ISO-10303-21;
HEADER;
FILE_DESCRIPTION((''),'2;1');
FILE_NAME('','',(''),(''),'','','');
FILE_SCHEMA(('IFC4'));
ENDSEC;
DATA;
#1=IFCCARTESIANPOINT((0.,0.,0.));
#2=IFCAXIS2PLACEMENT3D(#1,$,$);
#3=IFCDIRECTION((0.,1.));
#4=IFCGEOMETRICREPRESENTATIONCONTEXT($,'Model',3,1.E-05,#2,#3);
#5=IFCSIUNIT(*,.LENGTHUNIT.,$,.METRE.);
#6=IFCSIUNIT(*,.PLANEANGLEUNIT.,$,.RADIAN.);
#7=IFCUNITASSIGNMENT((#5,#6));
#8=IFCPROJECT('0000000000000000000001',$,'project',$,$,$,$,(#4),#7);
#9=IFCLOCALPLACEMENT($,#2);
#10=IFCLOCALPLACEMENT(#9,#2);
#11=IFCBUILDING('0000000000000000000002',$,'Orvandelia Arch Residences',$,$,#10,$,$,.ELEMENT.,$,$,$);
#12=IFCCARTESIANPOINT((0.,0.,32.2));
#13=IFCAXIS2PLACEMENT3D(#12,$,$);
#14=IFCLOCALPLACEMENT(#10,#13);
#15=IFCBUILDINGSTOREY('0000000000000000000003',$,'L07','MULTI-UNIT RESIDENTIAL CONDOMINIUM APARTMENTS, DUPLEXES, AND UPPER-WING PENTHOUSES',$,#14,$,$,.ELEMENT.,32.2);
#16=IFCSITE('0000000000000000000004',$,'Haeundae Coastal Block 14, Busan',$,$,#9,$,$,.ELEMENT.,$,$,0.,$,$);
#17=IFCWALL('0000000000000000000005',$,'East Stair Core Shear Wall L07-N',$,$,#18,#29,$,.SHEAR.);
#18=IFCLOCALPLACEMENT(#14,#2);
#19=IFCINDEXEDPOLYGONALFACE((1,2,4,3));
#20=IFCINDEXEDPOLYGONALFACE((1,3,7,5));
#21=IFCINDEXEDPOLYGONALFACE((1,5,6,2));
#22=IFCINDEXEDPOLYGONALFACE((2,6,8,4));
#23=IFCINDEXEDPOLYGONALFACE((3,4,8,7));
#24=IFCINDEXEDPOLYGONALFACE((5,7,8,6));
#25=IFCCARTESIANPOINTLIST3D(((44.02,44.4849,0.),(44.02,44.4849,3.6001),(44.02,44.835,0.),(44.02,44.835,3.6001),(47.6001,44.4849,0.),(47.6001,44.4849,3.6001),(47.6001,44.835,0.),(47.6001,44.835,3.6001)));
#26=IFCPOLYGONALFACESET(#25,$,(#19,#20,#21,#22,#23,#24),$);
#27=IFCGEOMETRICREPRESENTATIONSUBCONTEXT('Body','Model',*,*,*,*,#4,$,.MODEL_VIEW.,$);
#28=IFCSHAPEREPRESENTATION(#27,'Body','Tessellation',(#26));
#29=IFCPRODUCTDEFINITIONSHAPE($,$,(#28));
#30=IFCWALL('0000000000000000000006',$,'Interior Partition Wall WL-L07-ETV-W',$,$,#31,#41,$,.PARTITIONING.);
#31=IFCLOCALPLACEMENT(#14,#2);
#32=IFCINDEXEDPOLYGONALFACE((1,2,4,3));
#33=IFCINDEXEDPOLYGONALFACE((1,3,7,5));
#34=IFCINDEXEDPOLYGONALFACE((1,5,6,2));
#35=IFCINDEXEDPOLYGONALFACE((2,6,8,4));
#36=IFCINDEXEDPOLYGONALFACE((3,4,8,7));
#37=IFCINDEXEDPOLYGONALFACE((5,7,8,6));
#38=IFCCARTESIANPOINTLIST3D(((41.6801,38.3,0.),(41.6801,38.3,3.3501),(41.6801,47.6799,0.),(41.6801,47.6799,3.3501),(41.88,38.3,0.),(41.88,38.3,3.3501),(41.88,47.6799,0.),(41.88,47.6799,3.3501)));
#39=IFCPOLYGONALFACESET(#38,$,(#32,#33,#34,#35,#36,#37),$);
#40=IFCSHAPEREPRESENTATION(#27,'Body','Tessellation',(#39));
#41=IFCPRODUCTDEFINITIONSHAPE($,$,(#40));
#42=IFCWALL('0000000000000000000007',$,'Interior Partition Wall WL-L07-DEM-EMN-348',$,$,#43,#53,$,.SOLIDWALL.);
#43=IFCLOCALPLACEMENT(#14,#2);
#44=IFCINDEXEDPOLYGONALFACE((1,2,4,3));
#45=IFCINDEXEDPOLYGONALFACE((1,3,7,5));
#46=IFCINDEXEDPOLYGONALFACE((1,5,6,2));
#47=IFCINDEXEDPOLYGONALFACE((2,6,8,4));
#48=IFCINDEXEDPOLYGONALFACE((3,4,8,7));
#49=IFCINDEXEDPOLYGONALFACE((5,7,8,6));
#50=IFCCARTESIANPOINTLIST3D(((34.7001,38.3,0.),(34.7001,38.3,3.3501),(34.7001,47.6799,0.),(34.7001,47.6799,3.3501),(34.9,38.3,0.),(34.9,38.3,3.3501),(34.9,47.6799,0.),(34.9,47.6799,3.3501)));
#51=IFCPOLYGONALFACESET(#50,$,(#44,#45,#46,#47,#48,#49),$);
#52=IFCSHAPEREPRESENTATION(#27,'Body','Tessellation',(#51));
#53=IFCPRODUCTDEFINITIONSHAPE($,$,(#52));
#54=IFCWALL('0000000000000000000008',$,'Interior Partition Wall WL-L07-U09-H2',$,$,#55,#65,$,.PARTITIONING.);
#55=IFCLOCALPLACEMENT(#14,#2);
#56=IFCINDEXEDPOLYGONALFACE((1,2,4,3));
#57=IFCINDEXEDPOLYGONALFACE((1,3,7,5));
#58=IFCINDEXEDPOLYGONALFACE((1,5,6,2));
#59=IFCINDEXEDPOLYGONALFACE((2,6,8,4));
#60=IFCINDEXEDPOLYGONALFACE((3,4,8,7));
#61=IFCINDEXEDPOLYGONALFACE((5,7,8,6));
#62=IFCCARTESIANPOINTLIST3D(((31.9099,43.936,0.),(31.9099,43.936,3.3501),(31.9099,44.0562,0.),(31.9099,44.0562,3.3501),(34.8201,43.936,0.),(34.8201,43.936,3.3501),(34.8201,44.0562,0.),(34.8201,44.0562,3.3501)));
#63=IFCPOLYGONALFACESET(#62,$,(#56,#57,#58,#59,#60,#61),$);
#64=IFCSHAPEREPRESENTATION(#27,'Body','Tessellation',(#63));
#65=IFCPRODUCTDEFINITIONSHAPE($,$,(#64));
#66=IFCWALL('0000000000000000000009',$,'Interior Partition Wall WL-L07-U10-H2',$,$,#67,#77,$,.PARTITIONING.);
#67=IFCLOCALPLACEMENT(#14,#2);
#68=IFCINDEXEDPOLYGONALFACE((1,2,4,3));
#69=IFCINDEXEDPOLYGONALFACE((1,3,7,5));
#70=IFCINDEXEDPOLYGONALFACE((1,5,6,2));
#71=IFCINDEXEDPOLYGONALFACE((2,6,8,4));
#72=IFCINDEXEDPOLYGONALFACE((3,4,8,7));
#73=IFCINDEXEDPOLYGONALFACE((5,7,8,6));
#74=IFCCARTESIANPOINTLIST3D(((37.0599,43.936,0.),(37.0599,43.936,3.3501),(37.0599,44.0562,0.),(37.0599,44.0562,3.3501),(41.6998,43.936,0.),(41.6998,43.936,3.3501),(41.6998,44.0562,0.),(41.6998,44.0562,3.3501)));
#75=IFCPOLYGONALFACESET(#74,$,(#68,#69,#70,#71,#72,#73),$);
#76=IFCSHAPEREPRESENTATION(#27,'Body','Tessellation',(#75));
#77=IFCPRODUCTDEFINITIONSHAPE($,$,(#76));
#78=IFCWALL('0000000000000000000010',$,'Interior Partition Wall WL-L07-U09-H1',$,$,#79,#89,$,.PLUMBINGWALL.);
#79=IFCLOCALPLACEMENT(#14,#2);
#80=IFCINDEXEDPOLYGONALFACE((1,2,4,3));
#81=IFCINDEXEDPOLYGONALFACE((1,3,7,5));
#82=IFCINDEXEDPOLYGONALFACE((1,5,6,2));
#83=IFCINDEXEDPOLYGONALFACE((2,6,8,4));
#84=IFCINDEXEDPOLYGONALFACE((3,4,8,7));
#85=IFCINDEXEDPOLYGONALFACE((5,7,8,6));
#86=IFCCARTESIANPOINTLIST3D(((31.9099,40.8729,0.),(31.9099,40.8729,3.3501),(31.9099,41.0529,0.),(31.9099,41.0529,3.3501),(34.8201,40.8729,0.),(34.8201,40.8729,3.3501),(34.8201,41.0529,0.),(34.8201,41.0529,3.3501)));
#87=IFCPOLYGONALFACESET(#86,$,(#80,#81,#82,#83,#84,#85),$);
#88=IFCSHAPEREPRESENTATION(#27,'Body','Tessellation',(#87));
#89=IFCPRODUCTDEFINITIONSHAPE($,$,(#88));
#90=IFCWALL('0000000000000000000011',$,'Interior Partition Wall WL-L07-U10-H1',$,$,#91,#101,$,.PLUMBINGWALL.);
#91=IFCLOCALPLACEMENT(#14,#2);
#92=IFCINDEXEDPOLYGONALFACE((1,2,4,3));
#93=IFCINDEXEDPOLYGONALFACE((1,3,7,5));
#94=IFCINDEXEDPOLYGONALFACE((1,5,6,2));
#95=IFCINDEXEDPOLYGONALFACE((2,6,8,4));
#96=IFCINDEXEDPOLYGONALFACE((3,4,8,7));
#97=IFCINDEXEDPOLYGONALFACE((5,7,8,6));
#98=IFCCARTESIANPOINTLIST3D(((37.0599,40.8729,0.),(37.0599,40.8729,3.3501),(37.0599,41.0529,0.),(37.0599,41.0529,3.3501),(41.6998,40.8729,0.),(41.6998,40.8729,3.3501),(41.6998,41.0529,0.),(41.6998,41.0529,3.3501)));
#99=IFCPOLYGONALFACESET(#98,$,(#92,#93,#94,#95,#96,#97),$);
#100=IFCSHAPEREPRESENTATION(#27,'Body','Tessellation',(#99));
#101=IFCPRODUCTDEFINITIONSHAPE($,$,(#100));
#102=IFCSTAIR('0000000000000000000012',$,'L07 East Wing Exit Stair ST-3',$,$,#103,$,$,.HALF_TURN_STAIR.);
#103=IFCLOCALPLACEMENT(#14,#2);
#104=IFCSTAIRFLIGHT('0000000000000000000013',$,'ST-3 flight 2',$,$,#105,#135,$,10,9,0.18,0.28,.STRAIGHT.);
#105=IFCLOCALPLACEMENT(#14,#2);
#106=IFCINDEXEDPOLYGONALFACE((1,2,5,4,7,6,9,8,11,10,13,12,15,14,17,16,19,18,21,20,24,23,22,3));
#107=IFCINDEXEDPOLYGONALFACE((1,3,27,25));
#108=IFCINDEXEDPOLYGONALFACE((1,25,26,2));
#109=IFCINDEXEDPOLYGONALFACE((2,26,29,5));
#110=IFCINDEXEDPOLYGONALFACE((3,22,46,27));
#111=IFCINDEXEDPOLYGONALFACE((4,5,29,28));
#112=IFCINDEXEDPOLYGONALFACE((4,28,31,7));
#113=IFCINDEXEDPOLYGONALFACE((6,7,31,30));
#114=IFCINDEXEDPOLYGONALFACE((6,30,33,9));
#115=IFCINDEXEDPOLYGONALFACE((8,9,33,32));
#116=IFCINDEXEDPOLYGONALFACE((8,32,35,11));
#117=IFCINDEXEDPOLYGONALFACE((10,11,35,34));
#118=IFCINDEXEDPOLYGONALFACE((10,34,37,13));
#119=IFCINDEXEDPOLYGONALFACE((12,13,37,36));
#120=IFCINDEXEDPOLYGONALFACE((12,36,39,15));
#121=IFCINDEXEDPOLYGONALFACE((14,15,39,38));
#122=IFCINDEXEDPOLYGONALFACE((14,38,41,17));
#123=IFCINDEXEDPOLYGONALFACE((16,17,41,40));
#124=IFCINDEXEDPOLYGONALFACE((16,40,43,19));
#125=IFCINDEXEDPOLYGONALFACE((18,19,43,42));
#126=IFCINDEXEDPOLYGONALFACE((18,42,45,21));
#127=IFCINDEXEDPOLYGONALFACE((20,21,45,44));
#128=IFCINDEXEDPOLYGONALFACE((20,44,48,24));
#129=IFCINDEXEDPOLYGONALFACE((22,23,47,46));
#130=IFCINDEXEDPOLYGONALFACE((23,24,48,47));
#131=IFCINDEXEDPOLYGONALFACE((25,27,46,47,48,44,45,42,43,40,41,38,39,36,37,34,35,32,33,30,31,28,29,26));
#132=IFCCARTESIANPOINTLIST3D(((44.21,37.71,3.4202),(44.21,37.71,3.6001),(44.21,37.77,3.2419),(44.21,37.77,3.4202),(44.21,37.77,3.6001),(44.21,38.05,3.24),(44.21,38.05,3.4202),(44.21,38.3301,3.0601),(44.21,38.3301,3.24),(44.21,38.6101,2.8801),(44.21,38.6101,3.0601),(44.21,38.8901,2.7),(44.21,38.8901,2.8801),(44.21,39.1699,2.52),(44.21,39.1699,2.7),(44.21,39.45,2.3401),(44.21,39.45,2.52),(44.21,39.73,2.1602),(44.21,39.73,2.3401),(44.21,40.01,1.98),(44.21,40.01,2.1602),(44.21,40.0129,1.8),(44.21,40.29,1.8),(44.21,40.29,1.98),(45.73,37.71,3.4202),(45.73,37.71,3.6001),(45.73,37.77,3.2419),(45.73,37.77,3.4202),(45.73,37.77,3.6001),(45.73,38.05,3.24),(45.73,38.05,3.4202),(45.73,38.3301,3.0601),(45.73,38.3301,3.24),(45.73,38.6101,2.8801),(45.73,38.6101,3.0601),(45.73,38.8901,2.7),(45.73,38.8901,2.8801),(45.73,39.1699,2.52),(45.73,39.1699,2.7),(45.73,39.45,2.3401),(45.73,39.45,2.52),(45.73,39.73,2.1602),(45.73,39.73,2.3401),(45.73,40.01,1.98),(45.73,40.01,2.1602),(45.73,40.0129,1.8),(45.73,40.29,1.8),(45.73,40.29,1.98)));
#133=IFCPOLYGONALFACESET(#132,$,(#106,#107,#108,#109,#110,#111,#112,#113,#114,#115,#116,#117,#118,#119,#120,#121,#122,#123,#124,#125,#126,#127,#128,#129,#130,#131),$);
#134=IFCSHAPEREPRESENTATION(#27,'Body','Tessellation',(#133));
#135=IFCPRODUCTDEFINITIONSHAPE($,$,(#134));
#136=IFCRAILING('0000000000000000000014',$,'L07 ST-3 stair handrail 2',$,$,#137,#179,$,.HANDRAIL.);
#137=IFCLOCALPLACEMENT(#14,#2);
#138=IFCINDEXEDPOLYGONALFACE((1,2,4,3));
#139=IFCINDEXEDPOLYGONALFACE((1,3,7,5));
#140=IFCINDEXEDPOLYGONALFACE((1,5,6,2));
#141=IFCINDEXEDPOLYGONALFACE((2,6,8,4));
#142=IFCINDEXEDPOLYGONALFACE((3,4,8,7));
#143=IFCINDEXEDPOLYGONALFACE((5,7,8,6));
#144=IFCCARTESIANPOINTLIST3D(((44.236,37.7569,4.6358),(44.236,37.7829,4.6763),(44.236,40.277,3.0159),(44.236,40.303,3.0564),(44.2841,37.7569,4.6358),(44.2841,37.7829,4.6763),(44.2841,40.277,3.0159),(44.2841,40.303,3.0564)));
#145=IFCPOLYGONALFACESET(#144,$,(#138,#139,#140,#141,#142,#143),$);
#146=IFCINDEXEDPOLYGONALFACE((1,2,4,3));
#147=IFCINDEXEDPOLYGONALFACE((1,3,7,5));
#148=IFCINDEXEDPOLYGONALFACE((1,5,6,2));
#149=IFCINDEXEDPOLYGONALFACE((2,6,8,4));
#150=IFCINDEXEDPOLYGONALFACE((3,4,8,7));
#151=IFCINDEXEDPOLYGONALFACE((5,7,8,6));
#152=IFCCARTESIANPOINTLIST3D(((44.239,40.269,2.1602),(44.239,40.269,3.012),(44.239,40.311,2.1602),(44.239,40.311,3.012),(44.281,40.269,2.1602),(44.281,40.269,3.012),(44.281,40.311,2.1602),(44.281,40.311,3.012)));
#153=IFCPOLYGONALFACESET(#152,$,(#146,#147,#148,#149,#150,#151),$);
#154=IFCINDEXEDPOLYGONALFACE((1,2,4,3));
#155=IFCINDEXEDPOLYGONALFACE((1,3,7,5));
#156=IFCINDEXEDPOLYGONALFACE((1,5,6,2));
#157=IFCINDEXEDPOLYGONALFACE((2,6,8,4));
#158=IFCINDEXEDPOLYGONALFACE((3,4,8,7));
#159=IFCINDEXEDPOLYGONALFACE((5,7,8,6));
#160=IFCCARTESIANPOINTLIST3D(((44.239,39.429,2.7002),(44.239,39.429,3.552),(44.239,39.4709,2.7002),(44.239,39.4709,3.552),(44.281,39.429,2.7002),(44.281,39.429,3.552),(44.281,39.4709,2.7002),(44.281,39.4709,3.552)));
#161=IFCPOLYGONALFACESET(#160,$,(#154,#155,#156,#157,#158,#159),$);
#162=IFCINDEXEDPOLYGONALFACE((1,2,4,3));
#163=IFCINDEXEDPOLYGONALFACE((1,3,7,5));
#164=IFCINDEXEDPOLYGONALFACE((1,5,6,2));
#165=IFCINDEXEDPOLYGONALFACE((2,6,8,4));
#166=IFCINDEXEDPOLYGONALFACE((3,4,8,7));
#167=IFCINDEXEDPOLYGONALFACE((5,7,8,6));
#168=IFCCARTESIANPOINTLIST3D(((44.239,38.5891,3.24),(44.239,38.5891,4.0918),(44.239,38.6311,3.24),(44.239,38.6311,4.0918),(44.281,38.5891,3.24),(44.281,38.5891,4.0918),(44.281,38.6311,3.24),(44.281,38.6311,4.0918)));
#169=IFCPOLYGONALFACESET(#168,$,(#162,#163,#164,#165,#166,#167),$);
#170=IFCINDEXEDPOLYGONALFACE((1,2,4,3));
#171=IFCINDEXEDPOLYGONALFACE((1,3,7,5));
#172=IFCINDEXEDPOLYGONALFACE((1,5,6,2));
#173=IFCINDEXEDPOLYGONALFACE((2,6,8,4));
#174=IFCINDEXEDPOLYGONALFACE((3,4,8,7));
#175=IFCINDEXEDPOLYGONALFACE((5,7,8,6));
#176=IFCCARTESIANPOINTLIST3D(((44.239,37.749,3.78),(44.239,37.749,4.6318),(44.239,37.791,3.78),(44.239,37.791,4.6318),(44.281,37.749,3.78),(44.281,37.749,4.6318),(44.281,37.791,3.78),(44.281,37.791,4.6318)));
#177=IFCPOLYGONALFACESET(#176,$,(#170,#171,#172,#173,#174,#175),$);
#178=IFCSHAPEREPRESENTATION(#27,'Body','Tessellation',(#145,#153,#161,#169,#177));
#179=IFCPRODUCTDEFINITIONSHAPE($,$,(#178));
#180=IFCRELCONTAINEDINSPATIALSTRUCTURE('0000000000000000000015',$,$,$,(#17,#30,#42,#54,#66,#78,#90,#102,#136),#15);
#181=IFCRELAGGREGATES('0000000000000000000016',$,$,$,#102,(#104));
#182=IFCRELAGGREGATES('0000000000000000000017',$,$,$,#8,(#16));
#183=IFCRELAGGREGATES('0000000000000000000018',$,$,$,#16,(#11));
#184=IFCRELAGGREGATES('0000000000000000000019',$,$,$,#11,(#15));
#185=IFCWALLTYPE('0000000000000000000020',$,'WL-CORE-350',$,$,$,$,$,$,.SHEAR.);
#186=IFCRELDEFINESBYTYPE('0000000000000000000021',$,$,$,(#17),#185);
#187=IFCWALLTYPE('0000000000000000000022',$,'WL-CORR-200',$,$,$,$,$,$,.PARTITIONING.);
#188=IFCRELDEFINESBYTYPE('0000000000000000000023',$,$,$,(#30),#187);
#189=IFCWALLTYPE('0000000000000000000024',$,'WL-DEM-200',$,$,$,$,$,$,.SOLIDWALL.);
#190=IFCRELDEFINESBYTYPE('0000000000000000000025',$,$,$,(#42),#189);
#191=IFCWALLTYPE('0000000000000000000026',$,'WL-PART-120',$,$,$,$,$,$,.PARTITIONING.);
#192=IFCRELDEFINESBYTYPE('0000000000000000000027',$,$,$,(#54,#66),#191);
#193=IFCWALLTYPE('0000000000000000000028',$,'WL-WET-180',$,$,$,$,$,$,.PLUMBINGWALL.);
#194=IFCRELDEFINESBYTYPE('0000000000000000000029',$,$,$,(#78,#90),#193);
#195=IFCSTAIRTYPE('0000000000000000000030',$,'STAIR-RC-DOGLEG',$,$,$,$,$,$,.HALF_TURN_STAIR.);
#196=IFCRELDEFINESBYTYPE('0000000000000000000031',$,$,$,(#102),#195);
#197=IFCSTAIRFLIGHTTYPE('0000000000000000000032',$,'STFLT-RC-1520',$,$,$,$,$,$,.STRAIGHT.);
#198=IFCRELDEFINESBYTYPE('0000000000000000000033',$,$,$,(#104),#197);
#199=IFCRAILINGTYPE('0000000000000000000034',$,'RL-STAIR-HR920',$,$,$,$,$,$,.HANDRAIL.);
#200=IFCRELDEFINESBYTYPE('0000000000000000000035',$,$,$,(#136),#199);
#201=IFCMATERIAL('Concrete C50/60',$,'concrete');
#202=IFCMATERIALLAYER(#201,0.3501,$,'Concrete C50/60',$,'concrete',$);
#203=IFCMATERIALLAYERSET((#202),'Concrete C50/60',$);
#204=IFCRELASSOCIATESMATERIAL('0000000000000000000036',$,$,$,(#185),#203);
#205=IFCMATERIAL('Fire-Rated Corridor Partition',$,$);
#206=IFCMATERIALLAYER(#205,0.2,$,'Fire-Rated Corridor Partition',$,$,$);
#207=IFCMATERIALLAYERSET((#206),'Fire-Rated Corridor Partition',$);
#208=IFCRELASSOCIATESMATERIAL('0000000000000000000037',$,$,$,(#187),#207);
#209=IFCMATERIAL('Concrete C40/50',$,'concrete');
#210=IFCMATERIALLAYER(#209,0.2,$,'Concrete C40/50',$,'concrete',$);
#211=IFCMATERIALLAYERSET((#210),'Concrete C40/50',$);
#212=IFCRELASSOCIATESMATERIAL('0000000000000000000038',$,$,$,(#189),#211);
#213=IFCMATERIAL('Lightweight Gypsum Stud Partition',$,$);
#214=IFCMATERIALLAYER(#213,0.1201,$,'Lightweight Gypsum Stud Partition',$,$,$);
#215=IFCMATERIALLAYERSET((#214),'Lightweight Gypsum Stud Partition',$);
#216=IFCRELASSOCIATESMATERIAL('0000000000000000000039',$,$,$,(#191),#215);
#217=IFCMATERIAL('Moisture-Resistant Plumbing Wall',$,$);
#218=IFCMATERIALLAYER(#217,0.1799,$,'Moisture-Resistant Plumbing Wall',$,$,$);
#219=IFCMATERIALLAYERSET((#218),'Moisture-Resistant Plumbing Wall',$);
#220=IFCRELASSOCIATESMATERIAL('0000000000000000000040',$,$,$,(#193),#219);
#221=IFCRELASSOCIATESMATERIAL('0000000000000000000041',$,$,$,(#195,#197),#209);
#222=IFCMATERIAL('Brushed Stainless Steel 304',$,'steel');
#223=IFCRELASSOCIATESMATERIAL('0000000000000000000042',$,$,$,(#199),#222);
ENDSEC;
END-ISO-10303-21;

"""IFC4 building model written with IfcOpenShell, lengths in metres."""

from ifc_helpers import new_model, si_unit, direction, frame, frame_2d, origin, origin_2d, place, context, subcontext, project, spatial, polyline, rectangle, outline, extrude, material, layer, layer_set, type_object, element, aggregate, save


model = new_model("IFC4")

# Units and contexts
model_context = context("Model", 3, precision=1e-05, world=origin(), true_north=direction((0.0, 1.0)))
body_context = subcontext(model_context, "Body", "Model", "MODEL_VIEW")
ifc_project = project(units=[si_unit("LENGTHUNIT", "METRE"), si_unit("PLANEANGLEUNIT", "RADIAN")], contexts=[model_context])

# Site, building, storey
site_placement = place(None, origin())
site = spatial("IfcSite", under=ifc_project, at=site_placement, Name="Haeundae Coastal Block 14, Busan", CompositionType="ELEMENT", RefElevation=0.0)
building_placement = place(site_placement, origin())
building = spatial("IfcBuilding", under=site, at=building_placement, Name="Orvandelia Arch Residences", CompositionType="ELEMENT")
storey_placement = place(building_placement, frame((0.0, 0.0, 32.2)))
storey = spatial("IfcBuildingStorey", under=building, at=storey_placement, Name="L07", Description="MULTI-UNIT RESIDENTIAL CONDOMINIUM APARTMENTS, DUPLEXES, AND UPPER-WING PENTHOUSES", CompositionType="ELEMENT", Elevation=32.2)

# Walls
ifc_material_1 = material(Name="Concrete C50/60", Category="concrete")
ifc_layer_1 = layer(ifc_material_1, 0.3501, Name="Concrete C50/60", Category="concrete")
ifc_layer_set_1 = layer_set([ifc_layer_1], Name="Concrete C50/60")
wall_type_1 = type_object("IfcWallType", Name="WL-CORE-350", PredefinedType="SHEAR", material=ifc_layer_set_1)
for number, where, z_axis, x_axis, name in (
    (1, (44.02, 44.6599, 0.0), (0.0, 0.0, 1.0), (1.0, 0.0, 0.0), "East Stair Core Shear Wall L07-N"),
):
    element("IfcWall", number, at=place(storey_placement, frame(where, z_axis=z_axis, x_axis=x_axis)), inside=storey, type_object=wall_type_1, Name=name, PredefinedType="SHEAR", context=body_context, shape_type="SweptSolid", body=[
        extrude(rectangle(XDim=3.5801, YDim=0.3501, at=frame_2d((1.79, 0.0))), origin(), (0.0, 0.0, 1.0), 3.6001),
    ])
ifc_material_2 = material(Name="Fire-Rated Corridor Partition")
ifc_layer_2 = layer(ifc_material_2, 0.2, Name="Fire-Rated Corridor Partition")
ifc_layer_set_2 = layer_set([ifc_layer_2], Name="Fire-Rated Corridor Partition")
wall_type_2 = type_object("IfcWallType", Name="WL-CORR-200", PredefinedType="PARTITIONING", material=ifc_layer_set_2)
wall_1_placement = place(storey_placement, frame((41.78, 38.3, 0.0), z_axis=(0.0, 0.0, 1.0), x_axis=(0.0, 1.0, 0.0)))
element("IfcWall", 2, at=wall_1_placement, inside=storey, type_object=wall_type_2, Name="Interior Partition Wall WL-L07-ETV-W", PredefinedType="PARTITIONING", context=body_context, shape_type="SweptSolid", body=[
    extrude(rectangle(XDim=9.3799, YDim=0.2, at=frame_2d((4.6899, 0.0))), origin(), (0.0, 0.0, 1.0), 3.3501),
])
ifc_material_3 = material(Name="Concrete C40/50", Category="concrete")
ifc_layer_3 = layer(ifc_material_3, 0.2, Name="Concrete C40/50", Category="concrete")
ifc_layer_set_3 = layer_set([ifc_layer_3], Name="Concrete C40/50")
wall_type_3 = type_object("IfcWallType", Name="WL-DEM-200", PredefinedType="SOLIDWALL", material=ifc_layer_set_3)
wall_2_placement = place(storey_placement, frame((34.8, 38.3, 0.0), z_axis=(0.0, 0.0, 1.0), x_axis=(0.0, 1.0, 0.0)))
element("IfcWall", 3, at=wall_2_placement, inside=storey, type_object=wall_type_3, Name="Interior Partition Wall WL-L07-DEM-EMN-348", PredefinedType="SOLIDWALL", context=body_context, shape_type="SweptSolid", body=[
    extrude(rectangle(XDim=9.3799, YDim=0.2, at=frame_2d((4.6899, 0.0))), origin(), (0.0, 0.0, 1.0), 3.3501),
])
ifc_material_4 = material(Name="Lightweight Gypsum Stud Partition")
ifc_layer_4 = layer(ifc_material_4, 0.1201, Name="Lightweight Gypsum Stud Partition")
ifc_layer_set_4 = layer_set([ifc_layer_4], Name="Lightweight Gypsum Stud Partition")
wall_type_4 = type_object("IfcWallType", Name="WL-PART-120", PredefinedType="PARTITIONING", material=ifc_layer_set_4)
wall_3_placement = place(storey_placement, frame((31.9099, 43.9961, 0.0), z_axis=(0.0, 0.0, 1.0), x_axis=(1.0, 0.0, 0.0)))
element("IfcWall", 4, at=wall_3_placement, inside=storey, type_object=wall_type_4, Name="Interior Partition Wall WL-L07-U09-H2", PredefinedType="PARTITIONING", context=body_context, shape_type="SweptSolid", body=[
    extrude(rectangle(XDim=2.9102, YDim=0.1201, at=frame_2d((1.4551, 0.0))), origin(), (0.0, 0.0, 1.0), 3.3501),
])
wall_4_placement = place(storey_placement, frame((37.0601, 43.9961, 0.0), z_axis=(0.0, 0.0, 1.0), x_axis=(1.0, 0.0, 0.0)))
element("IfcWall", 5, at=wall_4_placement, inside=storey, type_object=wall_type_4, Name="Interior Partition Wall WL-L07-U10-H2", PredefinedType="PARTITIONING", context=body_context, shape_type="SweptSolid", body=[
    extrude(rectangle(XDim=4.6399, YDim=0.1201, at=frame_2d((2.3198, 0.0))), origin(), (0.0, 0.0, 1.0), 3.3501),
])

# Shared definitions
ifc_material_5 = material(Name="Moisture-Resistant Plumbing Wall")
ifc_layer_5 = layer(ifc_material_5, 0.1799, Name="Moisture-Resistant Plumbing Wall")
ifc_layer_set_5 = layer_set([ifc_layer_5], Name="Moisture-Resistant Plumbing Wall")
wall_type_5 = type_object("IfcWallType", Name="WL-WET-180", PredefinedType="PLUMBINGWALL", material=ifc_layer_set_5)

# Wall
wall_5_placement = place(storey_placement, frame((31.9099, 40.9629, 0.0), z_axis=(0.0, 0.0, 1.0), x_axis=(1.0, 0.0, 0.0)))
element("IfcWall", 6, at=wall_5_placement, inside=storey, type_object=wall_type_5, Name="Interior Partition Wall WL-L07-U09-H1", PredefinedType="PLUMBINGWALL", context=body_context, shape_type="SweptSolid", body=[
    extrude(rectangle(XDim=2.9102, YDim=0.1799, at=frame_2d((1.4551, 0.0))), origin(), (0.0, 0.0, 1.0), 3.3501),
])

# Wall
wall_6_placement = place(storey_placement, frame((37.0601, 40.9629, 0.0), z_axis=(0.0, 0.0, 1.0), x_axis=(1.0, 0.0, 0.0)))
element("IfcWall", 7, at=wall_6_placement, inside=storey, type_object=wall_type_5, Name="Interior Partition Wall WL-L07-U10-H1", PredefinedType="PLUMBINGWALL", context=body_context, shape_type="SweptSolid", body=[
    extrude(rectangle(XDim=4.6399, YDim=0.1799, at=frame_2d((2.3198, 0.0))), origin(), (0.0, 0.0, 1.0), 3.3501),
])

# Stair, stair flight
stair_type = type_object("IfcStairType", Name="STAIR-RC-DOGLEG", PredefinedType="HALF_TURN_STAIR", material=ifc_material_3)
stair_placement = place(storey_placement, origin())
stair = element("IfcStair", 8, at=stair_placement, inside=storey, type_object=stair_type, Name="L07 East Wing Exit Stair ST-3", PredefinedType="HALF_TURN_STAIR")
stair_flight_type = type_object("IfcStairFlightType", Name="STFLT-RC-1520", PredefinedType="STRAIGHT", material=ifc_material_3)
stair_flight_placement = place(storey_placement, frame((44.97, 40.29, 1.8), z_axis=(0.0, 0.0, 1.0), x_axis=(0.0, -1.0, 0.0)))
stair_flight = element("IfcStairFlight", 9, at=stair_flight_placement, type_object=stair_flight_type, Name="ST-3 flight 2", NumberOfRisers=10, NumberOfTreads=9, PredefinedType="STRAIGHT", RiserHeight=0.18, TreadLength=0.28, context=body_context, shape_type="SweptSolid", body=[
    extrude(outline(polyline([(0.0, 0.0), (0.0, 0.1799), (0.28, 0.1799), (0.28, 0.3601), (0.5601, 0.3601), (0.5601, 0.54), (0.8401, 0.54), (0.8401, 0.72), (1.1201, 0.72), (1.1201, 0.8999), (1.3999, 0.8999), (1.3999, 1.0801), (1.6799, 1.0801), (1.6799, 1.26), (1.96, 1.26), (1.96, 1.4399), (2.24, 1.4399), (2.24, 1.6201), (2.52, 1.6201), (2.52, 1.8), (2.5801, 1.8), (2.5801, 1.6201), (2.52, 1.4419), (0.2771, 0.0), (0.0, 0.0)])), frame((0.0, 0.76, 0.0), z_axis=(0.0, -1.0, 0.0), x_axis=(1.0, 0.0, 0.0)), (0.0, 0.0, 1.0), 1.52),
])
aggregate(stair, [stair_flight])

# Railing
ifc_material_6 = material(Name="Brushed Stainless Steel 304", Category="steel")
railing_type = type_object("IfcRailingType", Name="RL-STAIR-HR920", PredefinedType="HANDRAIL", material=ifc_material_6)
railing_placement = place(storey_placement, frame((44.26, 40.29, 2.1602)))
element("IfcRailing", 10, at=railing_placement, inside=storey, type_object=railing_type, Name="L07 ST-3 stair handrail 2", PredefinedType="HANDRAIL", context=body_context, shape_type="SweptSolid", body=[
    extrude(rectangle(XDim=0.0481, YDim=0.0481, at=origin_2d()), frame((0.0, 0.0, 0.876), z_axis=(0.0, -0.8412, 0.540725), x_axis=(1.0, 0.0, 0.0)), (0.0, 0.0, 1.0), 2.9958),
    extrude(rectangle(XDim=0.042, YDim=0.042, at=origin_2d()), origin(), (0.0, 0.0, 1.0), 0.8518),
    extrude(rectangle(XDim=0.042, YDim=0.042, at=origin_2d()), frame((0.0, -0.8401, 0.54)), (0.0, 0.0, 1.0), 0.8518),
    extrude(rectangle(XDim=0.042, YDim=0.042, at=origin_2d()), frame((0.0, -1.6799, 1.0798)), (0.0, 0.0, 1.0), 0.8518),
    extrude(rectangle(XDim=0.042, YDim=0.042, at=origin_2d()), frame((0.0, -2.52, 1.6199)), (0.0, 0.0, 1.0), 0.8518),
])

save(model, "model.ifc")
